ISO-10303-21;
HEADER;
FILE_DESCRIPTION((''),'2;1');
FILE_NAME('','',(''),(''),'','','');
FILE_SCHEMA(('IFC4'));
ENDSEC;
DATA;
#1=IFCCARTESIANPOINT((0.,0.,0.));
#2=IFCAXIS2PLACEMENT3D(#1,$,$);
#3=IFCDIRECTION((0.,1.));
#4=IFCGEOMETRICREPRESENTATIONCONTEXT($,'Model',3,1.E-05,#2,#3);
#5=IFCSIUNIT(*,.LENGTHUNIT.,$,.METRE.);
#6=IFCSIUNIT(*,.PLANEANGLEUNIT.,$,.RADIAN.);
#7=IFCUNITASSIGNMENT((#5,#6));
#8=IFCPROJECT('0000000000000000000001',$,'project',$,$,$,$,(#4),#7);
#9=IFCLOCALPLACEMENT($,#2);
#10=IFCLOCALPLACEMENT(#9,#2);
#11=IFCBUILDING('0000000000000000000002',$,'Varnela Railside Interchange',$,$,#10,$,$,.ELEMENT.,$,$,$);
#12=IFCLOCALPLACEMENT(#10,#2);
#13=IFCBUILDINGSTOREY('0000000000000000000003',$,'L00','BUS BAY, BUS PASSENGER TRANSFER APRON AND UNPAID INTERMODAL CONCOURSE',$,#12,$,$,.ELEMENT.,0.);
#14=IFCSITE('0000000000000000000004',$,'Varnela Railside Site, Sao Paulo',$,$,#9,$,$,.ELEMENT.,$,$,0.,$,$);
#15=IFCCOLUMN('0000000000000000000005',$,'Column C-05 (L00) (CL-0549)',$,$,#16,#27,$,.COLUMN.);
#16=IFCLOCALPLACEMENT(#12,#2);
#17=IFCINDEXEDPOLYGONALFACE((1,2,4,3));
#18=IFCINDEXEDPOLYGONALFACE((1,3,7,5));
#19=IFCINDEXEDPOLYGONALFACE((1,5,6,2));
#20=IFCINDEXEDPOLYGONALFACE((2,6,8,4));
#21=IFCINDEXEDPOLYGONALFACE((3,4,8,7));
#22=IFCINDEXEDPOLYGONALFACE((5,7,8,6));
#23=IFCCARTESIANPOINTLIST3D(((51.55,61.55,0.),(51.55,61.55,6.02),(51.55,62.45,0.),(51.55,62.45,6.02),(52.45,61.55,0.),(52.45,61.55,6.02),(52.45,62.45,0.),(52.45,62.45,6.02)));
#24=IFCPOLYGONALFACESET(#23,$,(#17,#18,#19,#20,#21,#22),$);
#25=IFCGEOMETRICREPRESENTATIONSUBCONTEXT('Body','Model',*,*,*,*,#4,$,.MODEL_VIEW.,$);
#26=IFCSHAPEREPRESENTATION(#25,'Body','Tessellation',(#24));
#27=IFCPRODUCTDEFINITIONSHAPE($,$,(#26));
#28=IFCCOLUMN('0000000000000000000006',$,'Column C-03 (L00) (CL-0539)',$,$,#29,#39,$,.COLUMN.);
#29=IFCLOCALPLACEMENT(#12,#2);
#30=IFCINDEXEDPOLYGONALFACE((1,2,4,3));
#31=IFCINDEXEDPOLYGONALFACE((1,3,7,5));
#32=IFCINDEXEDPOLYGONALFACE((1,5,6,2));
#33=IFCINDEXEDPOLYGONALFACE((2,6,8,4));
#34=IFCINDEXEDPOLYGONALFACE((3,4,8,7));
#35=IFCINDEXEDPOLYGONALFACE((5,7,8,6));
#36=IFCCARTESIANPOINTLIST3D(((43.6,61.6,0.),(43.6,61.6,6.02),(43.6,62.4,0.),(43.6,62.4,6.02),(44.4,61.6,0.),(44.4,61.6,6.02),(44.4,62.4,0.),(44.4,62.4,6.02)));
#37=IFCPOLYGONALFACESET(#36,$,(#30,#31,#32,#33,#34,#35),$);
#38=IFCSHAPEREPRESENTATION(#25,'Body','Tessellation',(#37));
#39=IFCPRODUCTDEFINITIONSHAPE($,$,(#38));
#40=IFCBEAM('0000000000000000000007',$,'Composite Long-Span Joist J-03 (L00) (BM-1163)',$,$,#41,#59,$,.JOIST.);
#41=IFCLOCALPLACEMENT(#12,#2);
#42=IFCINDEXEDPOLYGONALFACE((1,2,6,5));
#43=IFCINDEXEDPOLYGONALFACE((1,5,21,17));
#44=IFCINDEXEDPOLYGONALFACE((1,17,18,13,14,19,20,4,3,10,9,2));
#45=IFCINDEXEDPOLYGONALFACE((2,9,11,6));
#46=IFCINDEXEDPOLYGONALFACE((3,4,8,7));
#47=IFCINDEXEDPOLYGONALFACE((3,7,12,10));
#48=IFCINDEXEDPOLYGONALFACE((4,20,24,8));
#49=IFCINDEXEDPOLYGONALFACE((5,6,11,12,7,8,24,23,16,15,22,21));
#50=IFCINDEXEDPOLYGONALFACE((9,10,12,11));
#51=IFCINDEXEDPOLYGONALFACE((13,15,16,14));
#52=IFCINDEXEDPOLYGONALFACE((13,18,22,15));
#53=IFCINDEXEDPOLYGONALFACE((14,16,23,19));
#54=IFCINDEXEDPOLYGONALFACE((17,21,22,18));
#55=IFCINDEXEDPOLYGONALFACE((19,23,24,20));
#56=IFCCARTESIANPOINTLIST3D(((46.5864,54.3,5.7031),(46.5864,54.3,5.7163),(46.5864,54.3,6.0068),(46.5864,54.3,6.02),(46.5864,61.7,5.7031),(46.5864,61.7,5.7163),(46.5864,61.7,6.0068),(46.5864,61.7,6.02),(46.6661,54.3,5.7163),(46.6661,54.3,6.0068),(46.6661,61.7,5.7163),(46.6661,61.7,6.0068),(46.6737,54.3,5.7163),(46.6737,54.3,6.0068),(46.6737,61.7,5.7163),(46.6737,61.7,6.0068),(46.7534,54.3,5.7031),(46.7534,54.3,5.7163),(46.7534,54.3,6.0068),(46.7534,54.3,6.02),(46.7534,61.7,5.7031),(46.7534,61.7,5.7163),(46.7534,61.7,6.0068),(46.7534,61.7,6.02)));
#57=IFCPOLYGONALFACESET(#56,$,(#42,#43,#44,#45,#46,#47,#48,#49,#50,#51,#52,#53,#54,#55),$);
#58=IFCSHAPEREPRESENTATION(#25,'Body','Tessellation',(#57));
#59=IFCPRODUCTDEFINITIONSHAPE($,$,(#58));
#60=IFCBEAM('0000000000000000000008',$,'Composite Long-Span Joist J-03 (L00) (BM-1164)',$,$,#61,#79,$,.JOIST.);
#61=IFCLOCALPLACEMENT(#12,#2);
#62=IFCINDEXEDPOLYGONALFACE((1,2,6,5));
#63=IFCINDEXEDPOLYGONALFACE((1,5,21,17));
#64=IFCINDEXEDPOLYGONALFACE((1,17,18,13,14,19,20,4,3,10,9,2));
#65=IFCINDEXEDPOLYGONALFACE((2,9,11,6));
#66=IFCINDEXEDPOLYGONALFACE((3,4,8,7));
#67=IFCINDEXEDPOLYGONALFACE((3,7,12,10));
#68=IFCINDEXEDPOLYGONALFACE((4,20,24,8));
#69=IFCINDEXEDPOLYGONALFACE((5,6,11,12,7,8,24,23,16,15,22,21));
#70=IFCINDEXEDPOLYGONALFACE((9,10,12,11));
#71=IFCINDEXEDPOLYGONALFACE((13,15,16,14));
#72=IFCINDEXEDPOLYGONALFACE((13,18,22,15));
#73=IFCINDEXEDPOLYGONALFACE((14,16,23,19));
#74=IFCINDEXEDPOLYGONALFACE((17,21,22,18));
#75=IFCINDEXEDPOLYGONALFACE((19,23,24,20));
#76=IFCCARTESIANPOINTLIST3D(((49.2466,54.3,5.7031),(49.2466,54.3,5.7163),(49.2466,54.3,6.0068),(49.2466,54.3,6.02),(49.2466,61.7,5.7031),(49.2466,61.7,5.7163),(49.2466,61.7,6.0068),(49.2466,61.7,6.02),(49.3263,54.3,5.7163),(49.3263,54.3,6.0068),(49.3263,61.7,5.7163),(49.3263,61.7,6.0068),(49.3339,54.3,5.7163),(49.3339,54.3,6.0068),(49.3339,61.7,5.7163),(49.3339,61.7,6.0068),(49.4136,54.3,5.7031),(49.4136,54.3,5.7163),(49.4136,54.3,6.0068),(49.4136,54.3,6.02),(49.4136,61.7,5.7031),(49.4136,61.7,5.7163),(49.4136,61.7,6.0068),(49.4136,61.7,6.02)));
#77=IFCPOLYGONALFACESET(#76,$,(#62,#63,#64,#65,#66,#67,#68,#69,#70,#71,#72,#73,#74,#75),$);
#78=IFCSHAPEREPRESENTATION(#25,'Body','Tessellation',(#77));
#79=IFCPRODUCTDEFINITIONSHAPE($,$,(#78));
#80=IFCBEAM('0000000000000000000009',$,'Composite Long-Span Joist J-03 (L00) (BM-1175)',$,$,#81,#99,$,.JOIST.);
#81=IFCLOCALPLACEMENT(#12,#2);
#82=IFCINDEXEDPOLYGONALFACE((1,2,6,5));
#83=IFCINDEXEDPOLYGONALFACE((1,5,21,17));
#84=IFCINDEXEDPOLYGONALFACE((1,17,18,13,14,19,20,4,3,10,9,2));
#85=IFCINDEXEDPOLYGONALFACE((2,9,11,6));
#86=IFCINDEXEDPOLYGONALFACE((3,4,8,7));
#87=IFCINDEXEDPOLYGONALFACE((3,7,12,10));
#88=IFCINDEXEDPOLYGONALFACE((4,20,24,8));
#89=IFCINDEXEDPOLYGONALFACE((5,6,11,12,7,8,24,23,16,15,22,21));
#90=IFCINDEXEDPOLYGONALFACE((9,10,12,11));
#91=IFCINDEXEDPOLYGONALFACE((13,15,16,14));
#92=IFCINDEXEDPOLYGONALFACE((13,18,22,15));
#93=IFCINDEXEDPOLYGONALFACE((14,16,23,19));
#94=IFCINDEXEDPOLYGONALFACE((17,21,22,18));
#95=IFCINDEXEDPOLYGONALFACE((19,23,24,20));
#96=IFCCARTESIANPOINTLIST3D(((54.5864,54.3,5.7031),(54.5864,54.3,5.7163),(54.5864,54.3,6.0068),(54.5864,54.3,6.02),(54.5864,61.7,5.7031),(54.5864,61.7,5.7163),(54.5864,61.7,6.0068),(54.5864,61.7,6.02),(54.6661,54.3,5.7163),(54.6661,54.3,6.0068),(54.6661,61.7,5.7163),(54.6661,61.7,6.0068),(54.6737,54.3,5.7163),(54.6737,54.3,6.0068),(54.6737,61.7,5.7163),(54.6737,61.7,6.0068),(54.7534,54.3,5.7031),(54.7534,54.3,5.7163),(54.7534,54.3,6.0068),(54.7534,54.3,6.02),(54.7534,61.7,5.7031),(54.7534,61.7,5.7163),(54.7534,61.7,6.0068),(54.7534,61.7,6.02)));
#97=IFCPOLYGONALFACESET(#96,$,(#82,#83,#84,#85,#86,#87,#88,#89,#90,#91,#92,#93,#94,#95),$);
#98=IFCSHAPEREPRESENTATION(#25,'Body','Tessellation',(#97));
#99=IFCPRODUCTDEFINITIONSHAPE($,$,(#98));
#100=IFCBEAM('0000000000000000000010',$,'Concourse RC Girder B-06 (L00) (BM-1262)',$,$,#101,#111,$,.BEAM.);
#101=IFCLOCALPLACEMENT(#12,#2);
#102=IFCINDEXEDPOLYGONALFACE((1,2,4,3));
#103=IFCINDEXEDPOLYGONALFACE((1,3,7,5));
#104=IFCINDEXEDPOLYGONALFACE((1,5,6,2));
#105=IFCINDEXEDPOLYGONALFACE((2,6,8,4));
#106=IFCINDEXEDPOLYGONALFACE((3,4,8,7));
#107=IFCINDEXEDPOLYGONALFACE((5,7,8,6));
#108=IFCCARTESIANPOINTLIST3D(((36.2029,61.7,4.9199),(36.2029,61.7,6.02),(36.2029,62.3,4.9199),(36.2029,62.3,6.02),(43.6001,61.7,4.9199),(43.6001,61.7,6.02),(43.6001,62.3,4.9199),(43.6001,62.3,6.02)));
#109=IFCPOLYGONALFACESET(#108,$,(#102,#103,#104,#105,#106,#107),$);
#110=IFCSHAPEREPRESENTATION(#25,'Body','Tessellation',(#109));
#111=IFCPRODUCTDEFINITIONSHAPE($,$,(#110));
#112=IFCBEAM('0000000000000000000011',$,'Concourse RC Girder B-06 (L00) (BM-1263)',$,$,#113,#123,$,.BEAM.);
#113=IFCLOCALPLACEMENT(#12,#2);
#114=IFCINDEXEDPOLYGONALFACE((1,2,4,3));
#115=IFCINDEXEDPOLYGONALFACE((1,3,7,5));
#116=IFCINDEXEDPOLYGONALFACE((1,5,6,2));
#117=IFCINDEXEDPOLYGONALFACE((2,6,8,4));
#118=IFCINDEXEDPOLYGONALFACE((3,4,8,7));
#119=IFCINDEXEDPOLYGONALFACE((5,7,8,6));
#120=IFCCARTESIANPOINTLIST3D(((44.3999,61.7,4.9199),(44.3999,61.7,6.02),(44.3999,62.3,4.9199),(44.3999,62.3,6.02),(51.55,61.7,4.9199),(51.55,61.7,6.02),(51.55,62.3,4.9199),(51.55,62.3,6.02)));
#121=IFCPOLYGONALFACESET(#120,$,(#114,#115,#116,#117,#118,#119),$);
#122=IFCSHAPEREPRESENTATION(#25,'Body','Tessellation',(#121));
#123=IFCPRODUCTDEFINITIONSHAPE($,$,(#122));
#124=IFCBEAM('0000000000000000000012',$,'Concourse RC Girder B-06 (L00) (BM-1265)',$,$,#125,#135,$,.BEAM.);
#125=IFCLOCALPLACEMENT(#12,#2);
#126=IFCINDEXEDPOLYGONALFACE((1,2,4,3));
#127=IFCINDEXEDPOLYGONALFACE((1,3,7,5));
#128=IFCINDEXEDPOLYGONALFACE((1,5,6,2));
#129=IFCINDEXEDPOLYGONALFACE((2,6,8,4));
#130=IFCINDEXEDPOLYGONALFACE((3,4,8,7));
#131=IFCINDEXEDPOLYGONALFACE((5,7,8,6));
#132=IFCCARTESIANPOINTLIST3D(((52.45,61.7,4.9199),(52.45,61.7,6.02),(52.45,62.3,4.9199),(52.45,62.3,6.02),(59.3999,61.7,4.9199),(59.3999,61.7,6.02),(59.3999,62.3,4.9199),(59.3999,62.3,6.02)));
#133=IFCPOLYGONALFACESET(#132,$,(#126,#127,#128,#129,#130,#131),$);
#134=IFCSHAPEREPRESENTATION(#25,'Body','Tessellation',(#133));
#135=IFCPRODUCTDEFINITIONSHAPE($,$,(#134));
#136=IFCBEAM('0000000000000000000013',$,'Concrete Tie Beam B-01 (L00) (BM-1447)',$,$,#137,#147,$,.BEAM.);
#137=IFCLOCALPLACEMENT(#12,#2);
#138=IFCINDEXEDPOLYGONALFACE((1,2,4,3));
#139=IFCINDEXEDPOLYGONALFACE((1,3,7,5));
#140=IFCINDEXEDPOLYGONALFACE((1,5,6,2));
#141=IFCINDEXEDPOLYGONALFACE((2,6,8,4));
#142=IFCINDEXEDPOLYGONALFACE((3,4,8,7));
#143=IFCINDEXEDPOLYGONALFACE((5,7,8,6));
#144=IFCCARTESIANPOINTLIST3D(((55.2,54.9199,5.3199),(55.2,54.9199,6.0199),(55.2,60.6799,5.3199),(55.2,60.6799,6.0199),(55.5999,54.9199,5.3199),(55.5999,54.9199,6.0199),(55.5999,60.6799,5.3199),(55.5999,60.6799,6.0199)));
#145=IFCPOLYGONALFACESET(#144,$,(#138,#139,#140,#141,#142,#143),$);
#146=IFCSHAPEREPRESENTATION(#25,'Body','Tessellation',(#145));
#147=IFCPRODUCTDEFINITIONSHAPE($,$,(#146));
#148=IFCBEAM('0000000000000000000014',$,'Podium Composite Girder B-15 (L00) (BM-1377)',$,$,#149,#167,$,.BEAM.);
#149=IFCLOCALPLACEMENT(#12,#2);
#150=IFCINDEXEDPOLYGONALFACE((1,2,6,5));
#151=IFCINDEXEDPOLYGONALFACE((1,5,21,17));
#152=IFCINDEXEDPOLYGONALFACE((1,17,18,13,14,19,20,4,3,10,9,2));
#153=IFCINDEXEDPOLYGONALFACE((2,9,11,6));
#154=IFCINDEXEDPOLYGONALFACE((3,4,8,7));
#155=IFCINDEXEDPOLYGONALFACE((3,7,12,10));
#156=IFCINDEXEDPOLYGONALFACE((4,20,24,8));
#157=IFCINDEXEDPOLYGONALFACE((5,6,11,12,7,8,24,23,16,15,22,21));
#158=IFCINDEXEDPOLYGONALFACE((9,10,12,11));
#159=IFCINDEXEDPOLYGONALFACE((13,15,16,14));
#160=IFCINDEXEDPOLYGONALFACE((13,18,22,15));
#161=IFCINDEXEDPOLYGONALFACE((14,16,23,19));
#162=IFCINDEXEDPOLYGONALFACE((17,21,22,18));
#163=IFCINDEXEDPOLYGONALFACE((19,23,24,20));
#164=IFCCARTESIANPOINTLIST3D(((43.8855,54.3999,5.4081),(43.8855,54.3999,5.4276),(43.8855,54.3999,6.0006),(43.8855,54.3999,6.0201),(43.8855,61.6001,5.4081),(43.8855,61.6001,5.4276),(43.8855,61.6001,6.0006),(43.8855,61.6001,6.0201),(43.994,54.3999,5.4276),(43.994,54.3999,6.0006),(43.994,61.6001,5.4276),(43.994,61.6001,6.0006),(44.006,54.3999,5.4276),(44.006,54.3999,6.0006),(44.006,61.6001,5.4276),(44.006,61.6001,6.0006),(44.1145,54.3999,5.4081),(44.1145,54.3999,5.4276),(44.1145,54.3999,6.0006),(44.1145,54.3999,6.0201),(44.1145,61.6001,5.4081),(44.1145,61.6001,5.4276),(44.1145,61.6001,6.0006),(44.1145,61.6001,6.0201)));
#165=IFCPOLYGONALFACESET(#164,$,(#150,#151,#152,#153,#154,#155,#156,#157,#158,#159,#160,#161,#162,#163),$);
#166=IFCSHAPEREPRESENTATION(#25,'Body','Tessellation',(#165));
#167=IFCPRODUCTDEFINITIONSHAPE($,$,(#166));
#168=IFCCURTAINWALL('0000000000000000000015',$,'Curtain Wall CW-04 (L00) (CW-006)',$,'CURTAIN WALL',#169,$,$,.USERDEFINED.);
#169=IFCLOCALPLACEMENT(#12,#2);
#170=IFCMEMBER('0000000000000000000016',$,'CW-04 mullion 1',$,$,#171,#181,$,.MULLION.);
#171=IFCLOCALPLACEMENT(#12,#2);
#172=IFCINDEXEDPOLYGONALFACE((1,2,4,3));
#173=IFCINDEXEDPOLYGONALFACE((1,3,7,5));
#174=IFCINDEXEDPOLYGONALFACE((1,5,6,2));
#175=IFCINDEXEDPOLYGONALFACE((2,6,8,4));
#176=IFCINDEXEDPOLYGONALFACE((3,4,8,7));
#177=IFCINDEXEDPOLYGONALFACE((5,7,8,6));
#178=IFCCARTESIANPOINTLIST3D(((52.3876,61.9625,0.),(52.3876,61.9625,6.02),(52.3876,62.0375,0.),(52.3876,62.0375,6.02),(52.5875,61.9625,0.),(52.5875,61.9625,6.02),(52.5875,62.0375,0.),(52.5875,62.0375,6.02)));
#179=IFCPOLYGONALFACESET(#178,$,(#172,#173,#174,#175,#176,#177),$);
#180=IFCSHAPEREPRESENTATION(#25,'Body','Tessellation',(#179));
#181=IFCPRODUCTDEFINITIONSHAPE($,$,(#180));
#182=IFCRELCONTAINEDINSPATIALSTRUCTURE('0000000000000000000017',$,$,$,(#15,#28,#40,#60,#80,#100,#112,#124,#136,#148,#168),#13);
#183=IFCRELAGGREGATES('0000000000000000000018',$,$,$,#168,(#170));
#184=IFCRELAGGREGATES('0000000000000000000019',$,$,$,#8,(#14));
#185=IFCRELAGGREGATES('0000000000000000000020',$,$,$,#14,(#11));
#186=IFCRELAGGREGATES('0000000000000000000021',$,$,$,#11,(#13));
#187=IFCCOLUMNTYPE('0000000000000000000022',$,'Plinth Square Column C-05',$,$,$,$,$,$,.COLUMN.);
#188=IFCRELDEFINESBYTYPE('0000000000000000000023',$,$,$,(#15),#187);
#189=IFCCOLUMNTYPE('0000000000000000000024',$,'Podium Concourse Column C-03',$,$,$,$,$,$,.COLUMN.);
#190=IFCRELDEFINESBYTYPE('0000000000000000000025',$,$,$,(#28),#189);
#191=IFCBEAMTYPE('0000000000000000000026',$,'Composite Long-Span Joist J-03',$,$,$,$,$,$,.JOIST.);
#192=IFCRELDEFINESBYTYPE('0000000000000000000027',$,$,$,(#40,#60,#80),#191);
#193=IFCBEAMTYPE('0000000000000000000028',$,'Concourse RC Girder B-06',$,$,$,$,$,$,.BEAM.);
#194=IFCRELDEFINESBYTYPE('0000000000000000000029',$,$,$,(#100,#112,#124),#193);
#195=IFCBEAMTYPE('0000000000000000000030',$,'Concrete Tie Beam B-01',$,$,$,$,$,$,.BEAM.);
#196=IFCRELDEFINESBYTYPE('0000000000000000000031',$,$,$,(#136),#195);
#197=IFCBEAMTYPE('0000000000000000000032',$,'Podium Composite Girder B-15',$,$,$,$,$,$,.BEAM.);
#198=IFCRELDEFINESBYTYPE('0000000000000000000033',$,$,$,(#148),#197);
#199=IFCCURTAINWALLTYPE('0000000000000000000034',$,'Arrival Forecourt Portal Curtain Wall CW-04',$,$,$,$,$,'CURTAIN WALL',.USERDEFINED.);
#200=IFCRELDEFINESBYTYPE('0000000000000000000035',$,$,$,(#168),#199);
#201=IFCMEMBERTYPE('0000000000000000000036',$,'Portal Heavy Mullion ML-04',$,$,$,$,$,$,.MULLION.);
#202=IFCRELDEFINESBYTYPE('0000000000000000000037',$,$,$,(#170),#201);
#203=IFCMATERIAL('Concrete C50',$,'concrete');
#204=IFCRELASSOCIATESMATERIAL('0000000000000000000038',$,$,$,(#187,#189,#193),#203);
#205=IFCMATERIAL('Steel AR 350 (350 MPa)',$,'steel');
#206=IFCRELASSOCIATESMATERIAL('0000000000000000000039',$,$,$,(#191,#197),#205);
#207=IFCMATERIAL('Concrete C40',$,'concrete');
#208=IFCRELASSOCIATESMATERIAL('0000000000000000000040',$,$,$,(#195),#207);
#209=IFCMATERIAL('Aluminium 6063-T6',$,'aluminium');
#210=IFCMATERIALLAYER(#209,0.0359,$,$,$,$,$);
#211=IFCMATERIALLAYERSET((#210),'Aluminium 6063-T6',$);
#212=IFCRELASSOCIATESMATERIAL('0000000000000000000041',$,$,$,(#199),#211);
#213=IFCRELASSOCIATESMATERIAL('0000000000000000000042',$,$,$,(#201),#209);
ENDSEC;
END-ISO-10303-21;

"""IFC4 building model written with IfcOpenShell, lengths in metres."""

from ifc_helpers import new_model, si_unit, direction, frame, origin, origin_2d, place, context, subcontext, project, spatial, rectangle, i_section, extrude, material, layer, layer_set, material_profile, profile_set, type_object, element, aggregate, save


model = new_model("IFC4")

# Units and contexts
model_context = context("Model", 3, precision=1e-05, world=origin(), true_north=direction((0.0, 1.0)))
body_context = subcontext(model_context, "Body", "Model", "MODEL_VIEW")
ifc_project = project(units=[si_unit("LENGTHUNIT", "METRE"), si_unit("PLANEANGLEUNIT", "RADIAN")], contexts=[model_context])

# Site, building, storey
site_placement = place(None, origin())
site = spatial("IfcSite", under=ifc_project, at=site_placement, Name="Varnela Railside Site, Sao Paulo", CompositionType="ELEMENT", RefElevation=0.0)
building_placement = place(site_placement, origin())
building = spatial("IfcBuilding", under=site, at=building_placement, Name="Varnela Railside Interchange", CompositionType="ELEMENT")
storey_placement = place(building_placement, origin())
storey = spatial("IfcBuildingStorey", under=building, at=storey_placement, Name="L00", Description="BUS BAY, BUS PASSENGER TRANSFER APRON AND UNPAID INTERMODAL CONCOURSE", CompositionType="ELEMENT", Elevation=0.0)

# Columns
ifc_material_1 = material(Name="Concrete C50", Category="concrete")
ifc_material_profile_1 = material_profile(ifc_material_1, rectangle(XDim=0.8999, YDim=0.8999, at=origin_2d()), Name="RC 900x900")
ifc_profile_set_1 = profile_set([ifc_material_profile_1], Name="Concrete C50")
column_type_1 = type_object("IfcColumnType", Name="Plinth Square Column C-05", PredefinedType="COLUMN", material=ifc_profile_set_1)
column_1_placement = place(storey_placement, frame((52.0, 62.0, 0.0), z_axis=(0.0, 0.0, 1.0), x_axis=(1.0, 0.0, 0.0)))
element("IfcColumn", 1, at=column_1_placement, inside=storey, type_object=column_type_1, Name="Column C-05 (L00) (CL-0549)", PredefinedType="COLUMN", context=body_context, shape_type="SweptSolid", body=[
    extrude(rectangle(XDim=0.8999, YDim=0.8999, at=origin_2d()), origin(), (0.0, 0.0, 1.0), 6.02),
])
ifc_material_profile_2 = material_profile(ifc_material_1, rectangle(XDim=0.8, YDim=0.8, at=origin_2d()), Name="RC 800x800")
ifc_profile_set_2 = profile_set([ifc_material_profile_2], Name="Concrete C50")
column_type_2 = type_object("IfcColumnType", Name="Podium Concourse Column C-03", PredefinedType="COLUMN", material=ifc_profile_set_2)
column_2_placement = place(storey_placement, frame((44.0, 62.0, 0.0), z_axis=(0.0, 0.0, 1.0), x_axis=(1.0, 0.0, 0.0)))
element("IfcColumn", 2, at=column_2_placement, inside=storey, type_object=column_type_2, Name="Column C-03 (L00) (CL-0539)", PredefinedType="COLUMN", context=body_context, shape_type="SweptSolid", body=[
    extrude(rectangle(XDim=0.8, YDim=0.8, at=origin_2d()), origin(), (0.0, 0.0, 1.0), 6.02),
])

# Beams
ifc_material_2 = material(Name="Steel AR 350 (350 MPa)", Category="steel")
ifc_material_profile_3 = material_profile(ifc_material_2, i_section(OverallWidth=0.167, OverallDepth=0.3169, WebThickness=0.0076, FlangeThickness=0.0132, at=origin_2d()), Name="W310x52")
ifc_profile_set_3 = profile_set([ifc_material_profile_3], Name="Steel AR 350 (350 MPa)")
beam_type_1 = type_object("IfcBeamType", Name="Composite Long-Span Joist J-03", PredefinedType="JOIST", material=ifc_profile_set_3)
for number, where, z_axis, x_axis, name in (
    (3, (46.6699, 54.3, 5.8616), (0.0, 1.0, 0.0), (-1.0, 0.0, 0.0), "Composite Long-Span Joist J-03 (L00) (BM-1163)"),
    (4, (49.3301, 54.3, 5.8616), (0.0, 1.0, 0.0), (-1.0, 0.0, 0.0), "Composite Long-Span Joist J-03 (L00) (BM-1164)"),
    (5, (54.6699, 54.3, 5.8616), (0.0, 1.0, 0.0), (-1.0, 0.0, 0.0), "Composite Long-Span Joist J-03 (L00) (BM-1175)"),
):
    element("IfcBeam", number, at=place(storey_placement, frame(where, z_axis=z_axis, x_axis=x_axis)), inside=storey, type_object=beam_type_1, Name=name, PredefinedType="JOIST", context=body_context, shape_type="SweptSolid", body=[
        extrude(i_section(OverallWidth=0.167, OverallDepth=0.3169, WebThickness=0.0076, FlangeThickness=0.0132, at=origin_2d()), origin(), (0.0, 0.0, 1.0), 7.3999),
    ])
ifc_material_profile_4 = material_profile(ifc_material_1, rectangle(XDim=0.6001, YDim=1.1001, at=origin_2d()), Name="RC 600x1100")
ifc_profile_set_4 = profile_set([ifc_material_profile_4], Name="Concrete C50")
beam_type_2 = type_object("IfcBeamType", Name="Concourse RC Girder B-06", PredefinedType="BEAM", material=ifc_profile_set_4)
beam_1_placement = place(storey_placement, frame((36.2029, 62.0, 5.47), z_axis=(1.0, 0.0, 0.0), x_axis=(0.0, 1.0, 0.0)))
element("IfcBeam", 6, at=beam_1_placement, inside=storey, type_object=beam_type_2, Name="Concourse RC Girder B-06 (L00) (BM-1262)", PredefinedType="BEAM", context=body_context, shape_type="SweptSolid", body=[
    extrude(rectangle(XDim=0.6001, YDim=1.1001, at=origin_2d()), origin(), (0.0, 0.0, 1.0), 7.3972),
])
beam_2_placement = place(storey_placement, frame((44.3999, 62.0, 5.47), z_axis=(1.0, 0.0, 0.0), x_axis=(0.0, 1.0, 0.0)))
element("IfcBeam", 7, at=beam_2_placement, inside=storey, type_object=beam_type_2, Name="Concourse RC Girder B-06 (L00) (BM-1263)", PredefinedType="BEAM", context=body_context, shape_type="SweptSolid", body=[
    extrude(rectangle(XDim=0.6001, YDim=1.1001, at=origin_2d()), origin(), (0.0, 0.0, 1.0), 7.1501),
])
beam_3_placement = place(storey_placement, frame((52.45, 62.0, 5.47), z_axis=(1.0, 0.0, 0.0), x_axis=(0.0, 1.0, 0.0)))
element("IfcBeam", 8, at=beam_3_placement, inside=storey, type_object=beam_type_2, Name="Concourse RC Girder B-06 (L00) (BM-1265)", PredefinedType="BEAM", context=body_context, shape_type="SweptSolid", body=[
    extrude(rectangle(XDim=0.6001, YDim=1.1001, at=origin_2d()), origin(), (0.0, 0.0, 1.0), 6.95),
])
ifc_material_3 = material(Name="Concrete C40", Category="concrete")
ifc_material_profile_5 = material_profile(ifc_material_3, rectangle(XDim=0.3999, YDim=0.7, at=origin_2d()), Name="RC 400x700")
ifc_profile_set_5 = profile_set([ifc_material_profile_5], Name="Concrete C40")
beam_type_3 = type_object("IfcBeamType", Name="Concrete Tie Beam B-01", PredefinedType="BEAM", material=ifc_profile_set_5)
beam_4_placement = place(storey_placement, frame((55.3999, 54.9199, 5.6699), z_axis=(0.0, 1.0, 0.0), x_axis=(-1.0, 0.0, 0.0)))
element("IfcBeam", 9, at=beam_4_placement, inside=storey, type_object=beam_type_3, Name="Concrete Tie Beam B-01 (L00) (BM-1447)", PredefinedType="BEAM", context=body_context, shape_type="SweptSolid", body=[
    extrude(rectangle(XDim=0.3999, YDim=0.7, at=origin_2d()), origin(), (0.0, 0.0, 1.0), 5.76),
])
ifc_material_profile_6 = material_profile(ifc_material_2, i_section(OverallWidth=0.229, OverallDepth=0.6121, WebThickness=0.012, FlangeThickness=0.0195, at=origin_2d()), Name="W610x125")
ifc_profile_set_6 = profile_set([ifc_material_profile_6], Name="Steel AR 350 (350 MPa)")
beam_type_4 = type_object("IfcBeamType", Name="Podium Composite Girder B-15", PredefinedType="BEAM", material=ifc_profile_set_6)
beam_5_placement = place(storey_placement, frame((44.0, 54.3999, 5.7141), z_axis=(0.0, 1.0, 0.0), x_axis=(-1.0, 0.0, 0.0)))
element("IfcBeam", 10, at=beam_5_placement, inside=storey, type_object=beam_type_4, Name="Podium Composite Girder B-15 (L00) (BM-1377)", PredefinedType="BEAM", context=body_context, shape_type="SweptSolid", body=[
    extrude(i_section(OverallWidth=0.229, OverallDepth=0.6121, WebThickness=0.012, FlangeThickness=0.0195, at=origin_2d()), origin(), (0.0, 0.0, 1.0), 7.2002),
])

# Curtain wall, member
ifc_material_4 = material(Name="Aluminium 6063-T6", Category="aluminium")
ifc_layer_1 = layer(ifc_material_4, 0.0359)
ifc_layer_set_1 = layer_set([ifc_layer_1], Name="Aluminium 6063-T6")
curtain_wall_type = type_object("IfcCurtainWallType", Name="Arrival Forecourt Portal Curtain Wall CW-04", ElementType="CURTAIN WALL", PredefinedType="USERDEFINED", material=ifc_layer_set_1)
curtain_wall_placement = place(storey_placement, origin())
curtain_wall = element("IfcCurtainWall", 11, at=curtain_wall_placement, inside=storey, type_object=curtain_wall_type, Name="Curtain Wall CW-04 (L00) (CW-006)", ObjectType="CURTAIN WALL", PredefinedType="USERDEFINED")
ifc_material_profile_7 = material_profile(ifc_material_4, rectangle(XDim=0.075, YDim=0.2, at=origin_2d()), Name="ALU 75x200")
ifc_profile_set_7 = profile_set([ifc_material_profile_7], Name="Aluminium 6063-T6")
member_type_1 = type_object("IfcMemberType", Name="Portal Heavy Mullion ML-04", PredefinedType="MULLION", material=ifc_profile_set_7)
member_1_placement = place(storey_placement, frame((52.4875, 62.0, 0.0), z_axis=(0.0, 0.0, 1.0), x_axis=(0.0, 1.0, 0.0)))
member_1 = element("IfcMember", 12, at=member_1_placement, type_object=member_type_1, Name="CW-04 mullion 1", PredefinedType="MULLION", context=body_context, shape_type="SweptSolid", body=[
    extrude(rectangle(XDim=0.075, YDim=0.2, at=origin_2d()), origin(), (0.0, 0.0, 1.0), 6.02),
])
aggregate(curtain_wall, [member_1])

save(model, "model.ifc")
